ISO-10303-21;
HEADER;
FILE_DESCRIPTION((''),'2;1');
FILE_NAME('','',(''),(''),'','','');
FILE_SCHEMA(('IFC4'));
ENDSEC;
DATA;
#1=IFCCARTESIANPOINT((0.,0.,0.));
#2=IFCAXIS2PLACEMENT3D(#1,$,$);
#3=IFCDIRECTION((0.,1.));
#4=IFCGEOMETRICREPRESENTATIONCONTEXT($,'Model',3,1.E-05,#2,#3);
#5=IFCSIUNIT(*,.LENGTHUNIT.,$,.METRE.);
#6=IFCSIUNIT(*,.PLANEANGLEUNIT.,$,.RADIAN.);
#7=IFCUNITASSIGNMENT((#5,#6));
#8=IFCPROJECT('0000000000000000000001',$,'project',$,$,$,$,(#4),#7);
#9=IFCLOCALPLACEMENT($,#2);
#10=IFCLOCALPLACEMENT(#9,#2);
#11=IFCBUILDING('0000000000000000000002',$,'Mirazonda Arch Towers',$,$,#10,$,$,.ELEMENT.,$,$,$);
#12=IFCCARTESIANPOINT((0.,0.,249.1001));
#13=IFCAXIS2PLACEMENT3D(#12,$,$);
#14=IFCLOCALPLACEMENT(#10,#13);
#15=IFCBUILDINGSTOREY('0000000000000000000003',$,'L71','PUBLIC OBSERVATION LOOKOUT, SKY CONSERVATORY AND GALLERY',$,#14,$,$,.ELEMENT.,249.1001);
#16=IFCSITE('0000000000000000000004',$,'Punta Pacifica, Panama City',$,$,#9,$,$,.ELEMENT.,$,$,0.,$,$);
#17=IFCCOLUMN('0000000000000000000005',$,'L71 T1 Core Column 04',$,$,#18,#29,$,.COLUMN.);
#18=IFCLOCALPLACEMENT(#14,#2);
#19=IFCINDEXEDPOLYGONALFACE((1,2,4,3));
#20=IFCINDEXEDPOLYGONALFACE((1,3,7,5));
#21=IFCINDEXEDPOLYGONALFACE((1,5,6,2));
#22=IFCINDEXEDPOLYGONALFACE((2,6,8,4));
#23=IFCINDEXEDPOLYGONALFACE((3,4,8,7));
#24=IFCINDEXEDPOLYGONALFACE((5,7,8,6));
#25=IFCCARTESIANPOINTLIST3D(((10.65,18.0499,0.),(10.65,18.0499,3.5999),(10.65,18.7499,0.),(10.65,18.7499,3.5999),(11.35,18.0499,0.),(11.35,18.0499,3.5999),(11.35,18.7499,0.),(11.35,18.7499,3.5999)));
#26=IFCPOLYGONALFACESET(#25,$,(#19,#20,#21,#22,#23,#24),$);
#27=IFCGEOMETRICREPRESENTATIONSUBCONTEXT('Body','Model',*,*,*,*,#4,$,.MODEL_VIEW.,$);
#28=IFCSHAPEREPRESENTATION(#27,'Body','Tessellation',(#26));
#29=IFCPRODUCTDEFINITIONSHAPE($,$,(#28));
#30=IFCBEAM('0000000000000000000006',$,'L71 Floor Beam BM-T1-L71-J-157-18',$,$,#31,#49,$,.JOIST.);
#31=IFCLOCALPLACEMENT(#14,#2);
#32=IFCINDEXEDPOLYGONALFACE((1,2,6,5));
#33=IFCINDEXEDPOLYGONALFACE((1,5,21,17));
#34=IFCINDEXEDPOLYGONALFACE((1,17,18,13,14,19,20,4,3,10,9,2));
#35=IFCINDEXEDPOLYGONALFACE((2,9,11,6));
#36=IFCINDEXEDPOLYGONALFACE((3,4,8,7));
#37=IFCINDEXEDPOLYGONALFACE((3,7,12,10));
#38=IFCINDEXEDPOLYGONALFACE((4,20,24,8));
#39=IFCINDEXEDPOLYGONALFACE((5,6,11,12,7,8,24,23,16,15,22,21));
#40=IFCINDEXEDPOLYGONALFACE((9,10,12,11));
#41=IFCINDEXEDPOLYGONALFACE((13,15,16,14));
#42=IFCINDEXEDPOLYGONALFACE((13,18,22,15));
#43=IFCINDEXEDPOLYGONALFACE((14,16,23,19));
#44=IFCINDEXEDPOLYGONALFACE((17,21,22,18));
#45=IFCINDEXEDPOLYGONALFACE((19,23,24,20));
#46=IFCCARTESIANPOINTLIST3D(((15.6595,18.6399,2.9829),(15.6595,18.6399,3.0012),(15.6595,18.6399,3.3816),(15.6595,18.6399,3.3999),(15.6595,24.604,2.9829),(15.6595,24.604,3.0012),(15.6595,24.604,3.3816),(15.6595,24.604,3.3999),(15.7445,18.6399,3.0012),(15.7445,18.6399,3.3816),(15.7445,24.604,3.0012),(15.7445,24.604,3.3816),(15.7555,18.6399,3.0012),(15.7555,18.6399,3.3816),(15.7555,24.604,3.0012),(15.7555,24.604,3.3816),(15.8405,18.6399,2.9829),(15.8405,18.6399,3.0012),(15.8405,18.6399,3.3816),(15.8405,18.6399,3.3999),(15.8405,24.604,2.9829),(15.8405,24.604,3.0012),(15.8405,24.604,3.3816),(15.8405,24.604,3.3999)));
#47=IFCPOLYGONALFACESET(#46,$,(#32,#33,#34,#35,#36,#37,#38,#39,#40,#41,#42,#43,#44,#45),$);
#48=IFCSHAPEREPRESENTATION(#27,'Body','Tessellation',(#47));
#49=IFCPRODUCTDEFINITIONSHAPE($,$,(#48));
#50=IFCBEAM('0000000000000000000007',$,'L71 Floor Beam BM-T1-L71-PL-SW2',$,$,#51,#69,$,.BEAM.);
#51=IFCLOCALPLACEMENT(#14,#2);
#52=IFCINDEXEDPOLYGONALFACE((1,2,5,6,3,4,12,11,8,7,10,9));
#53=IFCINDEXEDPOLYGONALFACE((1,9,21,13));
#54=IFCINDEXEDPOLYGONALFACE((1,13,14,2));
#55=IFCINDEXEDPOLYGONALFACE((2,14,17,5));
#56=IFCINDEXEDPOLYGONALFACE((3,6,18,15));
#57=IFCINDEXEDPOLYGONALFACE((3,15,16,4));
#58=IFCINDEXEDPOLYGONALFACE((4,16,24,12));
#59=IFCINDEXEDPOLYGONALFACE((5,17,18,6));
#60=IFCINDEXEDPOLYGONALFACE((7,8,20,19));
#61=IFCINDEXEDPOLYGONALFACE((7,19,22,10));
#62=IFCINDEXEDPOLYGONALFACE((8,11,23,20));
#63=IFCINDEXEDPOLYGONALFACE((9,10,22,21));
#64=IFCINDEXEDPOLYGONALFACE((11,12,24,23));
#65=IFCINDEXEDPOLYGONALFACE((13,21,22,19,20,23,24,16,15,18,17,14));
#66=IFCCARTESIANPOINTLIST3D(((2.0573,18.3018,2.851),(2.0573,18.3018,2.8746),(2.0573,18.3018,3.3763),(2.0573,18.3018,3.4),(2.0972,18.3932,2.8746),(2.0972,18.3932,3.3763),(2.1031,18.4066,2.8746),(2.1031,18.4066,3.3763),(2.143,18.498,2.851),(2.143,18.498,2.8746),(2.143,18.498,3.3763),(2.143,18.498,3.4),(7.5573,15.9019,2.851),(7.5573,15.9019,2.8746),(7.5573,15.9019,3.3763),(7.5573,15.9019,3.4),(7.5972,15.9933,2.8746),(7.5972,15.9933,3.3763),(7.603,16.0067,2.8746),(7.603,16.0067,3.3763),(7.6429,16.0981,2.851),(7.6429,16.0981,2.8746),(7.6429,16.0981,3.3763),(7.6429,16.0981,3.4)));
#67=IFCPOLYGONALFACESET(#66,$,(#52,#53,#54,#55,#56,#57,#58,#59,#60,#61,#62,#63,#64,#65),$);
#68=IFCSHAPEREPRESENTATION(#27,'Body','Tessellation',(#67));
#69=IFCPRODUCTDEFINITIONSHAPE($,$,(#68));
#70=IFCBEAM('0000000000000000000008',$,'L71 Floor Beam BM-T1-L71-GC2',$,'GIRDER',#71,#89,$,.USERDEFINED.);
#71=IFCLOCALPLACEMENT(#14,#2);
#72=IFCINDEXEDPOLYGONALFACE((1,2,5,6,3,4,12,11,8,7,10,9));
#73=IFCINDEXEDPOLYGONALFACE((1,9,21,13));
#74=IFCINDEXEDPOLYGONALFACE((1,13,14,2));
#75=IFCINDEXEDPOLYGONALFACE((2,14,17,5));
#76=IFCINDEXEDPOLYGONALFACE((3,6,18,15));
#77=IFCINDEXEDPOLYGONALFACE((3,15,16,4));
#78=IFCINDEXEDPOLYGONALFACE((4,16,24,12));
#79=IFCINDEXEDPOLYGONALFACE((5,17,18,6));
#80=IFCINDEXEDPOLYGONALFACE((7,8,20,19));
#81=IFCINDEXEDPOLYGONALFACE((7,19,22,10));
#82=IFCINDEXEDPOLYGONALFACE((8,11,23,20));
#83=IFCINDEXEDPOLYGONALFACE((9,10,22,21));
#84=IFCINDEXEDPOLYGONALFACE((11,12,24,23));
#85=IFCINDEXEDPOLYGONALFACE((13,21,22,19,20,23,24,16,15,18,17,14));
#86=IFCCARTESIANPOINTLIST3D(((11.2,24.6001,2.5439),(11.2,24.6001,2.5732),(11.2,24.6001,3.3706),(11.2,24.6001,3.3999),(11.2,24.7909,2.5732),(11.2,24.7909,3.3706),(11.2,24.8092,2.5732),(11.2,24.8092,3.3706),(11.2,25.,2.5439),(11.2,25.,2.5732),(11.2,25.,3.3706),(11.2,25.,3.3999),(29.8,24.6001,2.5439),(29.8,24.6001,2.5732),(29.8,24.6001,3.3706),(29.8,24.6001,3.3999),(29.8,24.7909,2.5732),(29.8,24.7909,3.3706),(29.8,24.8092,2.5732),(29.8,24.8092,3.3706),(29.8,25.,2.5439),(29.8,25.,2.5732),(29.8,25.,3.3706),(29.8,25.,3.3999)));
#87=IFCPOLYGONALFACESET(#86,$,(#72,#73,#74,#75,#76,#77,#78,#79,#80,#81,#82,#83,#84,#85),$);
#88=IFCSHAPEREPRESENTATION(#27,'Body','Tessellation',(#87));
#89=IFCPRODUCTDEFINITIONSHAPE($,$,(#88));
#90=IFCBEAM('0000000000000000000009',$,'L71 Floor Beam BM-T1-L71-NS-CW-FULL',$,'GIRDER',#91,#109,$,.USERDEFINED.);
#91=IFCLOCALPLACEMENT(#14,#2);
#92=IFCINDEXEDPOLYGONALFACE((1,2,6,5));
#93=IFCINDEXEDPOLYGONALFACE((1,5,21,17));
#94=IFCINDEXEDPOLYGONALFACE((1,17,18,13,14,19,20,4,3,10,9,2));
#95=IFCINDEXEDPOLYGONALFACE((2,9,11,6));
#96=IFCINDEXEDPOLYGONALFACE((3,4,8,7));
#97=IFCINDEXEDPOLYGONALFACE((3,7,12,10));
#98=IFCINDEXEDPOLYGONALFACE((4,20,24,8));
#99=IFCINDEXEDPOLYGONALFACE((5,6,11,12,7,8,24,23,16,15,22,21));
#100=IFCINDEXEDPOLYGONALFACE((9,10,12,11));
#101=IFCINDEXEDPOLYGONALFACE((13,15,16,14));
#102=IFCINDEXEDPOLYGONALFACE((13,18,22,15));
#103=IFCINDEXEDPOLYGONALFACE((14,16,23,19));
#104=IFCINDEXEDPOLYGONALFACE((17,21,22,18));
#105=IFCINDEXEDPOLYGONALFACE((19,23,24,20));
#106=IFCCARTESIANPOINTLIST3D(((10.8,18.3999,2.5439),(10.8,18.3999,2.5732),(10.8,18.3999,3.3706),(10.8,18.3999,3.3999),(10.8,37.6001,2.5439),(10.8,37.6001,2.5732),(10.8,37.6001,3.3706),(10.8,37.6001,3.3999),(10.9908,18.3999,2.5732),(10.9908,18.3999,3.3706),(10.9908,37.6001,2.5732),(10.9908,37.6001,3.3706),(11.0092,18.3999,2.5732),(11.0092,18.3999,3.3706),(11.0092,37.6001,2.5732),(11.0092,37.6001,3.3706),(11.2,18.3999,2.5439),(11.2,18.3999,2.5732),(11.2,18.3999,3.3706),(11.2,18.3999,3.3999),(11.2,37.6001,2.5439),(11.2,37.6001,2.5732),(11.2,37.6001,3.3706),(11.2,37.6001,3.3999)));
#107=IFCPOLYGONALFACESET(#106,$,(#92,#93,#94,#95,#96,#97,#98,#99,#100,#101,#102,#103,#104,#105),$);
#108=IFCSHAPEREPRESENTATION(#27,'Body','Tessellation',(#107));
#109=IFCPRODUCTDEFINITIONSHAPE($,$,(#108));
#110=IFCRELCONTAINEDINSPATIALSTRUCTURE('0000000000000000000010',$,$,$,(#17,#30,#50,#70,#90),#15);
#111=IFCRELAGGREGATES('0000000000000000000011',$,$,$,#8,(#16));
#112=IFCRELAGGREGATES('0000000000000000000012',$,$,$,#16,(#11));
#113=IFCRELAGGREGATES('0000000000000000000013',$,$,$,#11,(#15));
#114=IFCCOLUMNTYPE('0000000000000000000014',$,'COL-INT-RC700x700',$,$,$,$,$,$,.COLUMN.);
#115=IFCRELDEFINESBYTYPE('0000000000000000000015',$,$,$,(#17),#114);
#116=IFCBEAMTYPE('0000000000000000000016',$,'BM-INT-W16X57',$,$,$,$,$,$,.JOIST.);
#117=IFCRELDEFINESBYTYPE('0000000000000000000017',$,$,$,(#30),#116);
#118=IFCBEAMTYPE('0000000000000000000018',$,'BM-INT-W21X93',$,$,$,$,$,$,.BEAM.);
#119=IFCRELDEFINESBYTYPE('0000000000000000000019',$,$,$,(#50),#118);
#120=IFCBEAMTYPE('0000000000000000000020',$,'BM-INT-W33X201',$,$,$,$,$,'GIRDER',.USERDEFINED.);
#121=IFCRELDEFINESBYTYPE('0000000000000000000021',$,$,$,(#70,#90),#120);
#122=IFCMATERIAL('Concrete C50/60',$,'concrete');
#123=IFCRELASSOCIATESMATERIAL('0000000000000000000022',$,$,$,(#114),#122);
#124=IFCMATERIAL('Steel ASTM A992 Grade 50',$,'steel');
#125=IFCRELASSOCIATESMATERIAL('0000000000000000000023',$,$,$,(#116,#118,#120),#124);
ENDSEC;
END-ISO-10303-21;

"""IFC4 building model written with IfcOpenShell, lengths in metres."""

from ifc_helpers import new_model, si_unit, direction, frame, origin, origin_2d, place, context, subcontext, project, spatial, rectangle, i_section, extrude, material, material_profile, profile_set, type_object, element, save


model = new_model("IFC4")

# Units and contexts
model_context = context("Model", 3, precision=1e-05, world=origin(), true_north=direction((0.0, 1.0)))
body_context = subcontext(model_context, "Body", "Model", "MODEL_VIEW")
ifc_project = project(units=[si_unit("LENGTHUNIT", "METRE"), si_unit("PLANEANGLEUNIT", "RADIAN")], contexts=[model_context])

# Site, building, storey
site_placement = place(None, origin())
site = spatial("IfcSite", under=ifc_project, at=site_placement, Name="Punta Pacifica, Panama City", CompositionType="ELEMENT", RefElevation=0.0)
building_placement = place(site_placement, origin())
building = spatial("IfcBuilding", under=site, at=building_placement, Name="Mirazonda Arch Towers", CompositionType="ELEMENT")
storey_placement = place(building_placement, frame((0.0, 0.0, 249.1001)))
storey = spatial("IfcBuildingStorey", under=building, at=storey_placement, Name="L71", Description="PUBLIC OBSERVATION LOOKOUT, SKY CONSERVATORY AND GALLERY", CompositionType="ELEMENT", Elevation=249.1001)

# Column
ifc_material_1 = material(Name="Concrete C50/60", Category="concrete")
ifc_material_profile_1 = material_profile(ifc_material_1, rectangle(XDim=0.7, YDim=0.7, at=origin_2d()), Name="RC700x700")
ifc_profile_set_1 = profile_set([ifc_material_profile_1], Name="Concrete C50/60")
column_type = type_object("IfcColumnType", Name="COL-INT-RC700x700", PredefinedType="COLUMN", material=ifc_profile_set_1)
column_placement = place(storey_placement, frame((11.0, 18.3999, 0.0), z_axis=(0.0, 0.0, 1.0), x_axis=(1.0, 0.0, 0.0)))
element("IfcColumn", 1, at=column_placement, inside=storey, type_object=column_type, Name="L71 T1 Core Column 04", PredefinedType="COLUMN", context=body_context, shape_type="SweptSolid", body=[
    extrude(rectangle(XDim=0.7, YDim=0.7, at=origin_2d()), origin(), (0.0, 0.0, 1.0), 3.5999),
])

# Beams
ifc_material_2 = material(Name="Steel ASTM A992 Grade 50", Category="steel")
ifc_material_profile_2 = material_profile(ifc_material_2, i_section(OverallWidth=0.1809, OverallDepth=0.417, WebThickness=0.011, FlangeThickness=0.0183, at=origin_2d()), Name="W16X57")
ifc_profile_set_2 = profile_set([ifc_material_profile_2], Name="Steel ASTM A992 Grade 50")
beam_type_1 = type_object("IfcBeamType", Name="BM-INT-W16X57", PredefinedType="JOIST", material=ifc_profile_set_2)
beam_1_placement = place(storey_placement, frame((15.75, 18.6399, 3.1914), z_axis=(0.0, 1.0, 0.0), x_axis=(-1.0, 0.0, 0.0)))
element("IfcBeam", 2, at=beam_1_placement, inside=storey, type_object=beam_type_1, Name="L71 Floor Beam BM-T1-L71-J-157-18", PredefinedType="JOIST", context=body_context, shape_type="SweptSolid", body=[
    extrude(i_section(OverallWidth=0.1809, OverallDepth=0.417, WebThickness=0.011, FlangeThickness=0.0183, at=origin_2d()), origin(), (0.0, 0.0, 1.0), 5.9641),
])
ifc_material_profile_3 = material_profile(ifc_material_2, i_section(OverallWidth=0.2141, OverallDepth=0.5491, WebThickness=0.0146, FlangeThickness=0.0237, at=origin_2d()), Name="W21X93")
ifc_profile_set_3 = profile_set([ifc_material_profile_3], Name="Steel ASTM A992 Grade 50")
beam_type_2 = type_object("IfcBeamType", Name="BM-INT-W21X93", PredefinedType="BEAM", material=ifc_profile_set_3)
beam_2_placement = place(storey_placement, frame((7.6001, 16.0, 3.1255), z_axis=(-0.916545, 0.399931, 0.0), x_axis=(-0.399931, -0.916545, 0.0)))
element("IfcBeam", 3, at=beam_2_placement, inside=storey, type_object=beam_type_2, Name="L71 Floor Beam BM-T1-L71-PL-SW2", PredefinedType="BEAM", context=body_context, shape_type="SweptSolid", body=[
    extrude(i_section(OverallWidth=0.2141, OverallDepth=0.5491, WebThickness=0.0146, FlangeThickness=0.0237, at=origin_2d()), origin(), (0.0, 0.0, 1.0), 6.0007),
])
ifc_material_profile_4 = material_profile(ifc_material_2, i_section(OverallWidth=0.3999, OverallDepth=0.856, WebThickness=0.0183, FlangeThickness=0.0293, at=origin_2d()), Name="W33X201")
ifc_profile_set_4 = profile_set([ifc_material_profile_4], Name="Steel ASTM A992 Grade 50")
beam_type_3 = type_object("IfcBeamType", Name="BM-INT-W33X201", ElementType="GIRDER", PredefinedType="USERDEFINED", material=ifc_profile_set_4)
beam_3_placement = place(storey_placement, frame((11.2, 24.8, 2.9719), z_axis=(1.0, 0.0, 0.0), x_axis=(0.0, 1.0, 0.0)))
element("IfcBeam", 4, at=beam_3_placement, inside=storey, type_object=beam_type_3, Name="L71 Floor Beam BM-T1-L71-GC2", ObjectType="GIRDER", PredefinedType="USERDEFINED", context=body_context, shape_type="SweptSolid", body=[
    extrude(i_section(OverallWidth=0.3999, OverallDepth=0.856, WebThickness=0.0183, FlangeThickness=0.0293, at=origin_2d()), origin(), (0.0, 0.0, 1.0), 18.6001),
])
beam_4_placement = place(storey_placement, frame((11.0, 18.3999, 2.9719), z_axis=(0.0, 1.0, 0.0), x_axis=(-1.0, 0.0, 0.0)))
element("IfcBeam", 5, at=beam_4_placement, inside=storey, type_object=beam_type_3, Name="L71 Floor Beam BM-T1-L71-NS-CW-FULL", ObjectType="GIRDER", PredefinedType="USERDEFINED", context=body_context, shape_type="SweptSolid", body=[
    extrude(i_section(OverallWidth=0.3999, OverallDepth=0.856, WebThickness=0.0183, FlangeThickness=0.0293, at=origin_2d()), origin(), (0.0, 0.0, 1.0), 19.2002),
])

save(model, "model.ifc")
